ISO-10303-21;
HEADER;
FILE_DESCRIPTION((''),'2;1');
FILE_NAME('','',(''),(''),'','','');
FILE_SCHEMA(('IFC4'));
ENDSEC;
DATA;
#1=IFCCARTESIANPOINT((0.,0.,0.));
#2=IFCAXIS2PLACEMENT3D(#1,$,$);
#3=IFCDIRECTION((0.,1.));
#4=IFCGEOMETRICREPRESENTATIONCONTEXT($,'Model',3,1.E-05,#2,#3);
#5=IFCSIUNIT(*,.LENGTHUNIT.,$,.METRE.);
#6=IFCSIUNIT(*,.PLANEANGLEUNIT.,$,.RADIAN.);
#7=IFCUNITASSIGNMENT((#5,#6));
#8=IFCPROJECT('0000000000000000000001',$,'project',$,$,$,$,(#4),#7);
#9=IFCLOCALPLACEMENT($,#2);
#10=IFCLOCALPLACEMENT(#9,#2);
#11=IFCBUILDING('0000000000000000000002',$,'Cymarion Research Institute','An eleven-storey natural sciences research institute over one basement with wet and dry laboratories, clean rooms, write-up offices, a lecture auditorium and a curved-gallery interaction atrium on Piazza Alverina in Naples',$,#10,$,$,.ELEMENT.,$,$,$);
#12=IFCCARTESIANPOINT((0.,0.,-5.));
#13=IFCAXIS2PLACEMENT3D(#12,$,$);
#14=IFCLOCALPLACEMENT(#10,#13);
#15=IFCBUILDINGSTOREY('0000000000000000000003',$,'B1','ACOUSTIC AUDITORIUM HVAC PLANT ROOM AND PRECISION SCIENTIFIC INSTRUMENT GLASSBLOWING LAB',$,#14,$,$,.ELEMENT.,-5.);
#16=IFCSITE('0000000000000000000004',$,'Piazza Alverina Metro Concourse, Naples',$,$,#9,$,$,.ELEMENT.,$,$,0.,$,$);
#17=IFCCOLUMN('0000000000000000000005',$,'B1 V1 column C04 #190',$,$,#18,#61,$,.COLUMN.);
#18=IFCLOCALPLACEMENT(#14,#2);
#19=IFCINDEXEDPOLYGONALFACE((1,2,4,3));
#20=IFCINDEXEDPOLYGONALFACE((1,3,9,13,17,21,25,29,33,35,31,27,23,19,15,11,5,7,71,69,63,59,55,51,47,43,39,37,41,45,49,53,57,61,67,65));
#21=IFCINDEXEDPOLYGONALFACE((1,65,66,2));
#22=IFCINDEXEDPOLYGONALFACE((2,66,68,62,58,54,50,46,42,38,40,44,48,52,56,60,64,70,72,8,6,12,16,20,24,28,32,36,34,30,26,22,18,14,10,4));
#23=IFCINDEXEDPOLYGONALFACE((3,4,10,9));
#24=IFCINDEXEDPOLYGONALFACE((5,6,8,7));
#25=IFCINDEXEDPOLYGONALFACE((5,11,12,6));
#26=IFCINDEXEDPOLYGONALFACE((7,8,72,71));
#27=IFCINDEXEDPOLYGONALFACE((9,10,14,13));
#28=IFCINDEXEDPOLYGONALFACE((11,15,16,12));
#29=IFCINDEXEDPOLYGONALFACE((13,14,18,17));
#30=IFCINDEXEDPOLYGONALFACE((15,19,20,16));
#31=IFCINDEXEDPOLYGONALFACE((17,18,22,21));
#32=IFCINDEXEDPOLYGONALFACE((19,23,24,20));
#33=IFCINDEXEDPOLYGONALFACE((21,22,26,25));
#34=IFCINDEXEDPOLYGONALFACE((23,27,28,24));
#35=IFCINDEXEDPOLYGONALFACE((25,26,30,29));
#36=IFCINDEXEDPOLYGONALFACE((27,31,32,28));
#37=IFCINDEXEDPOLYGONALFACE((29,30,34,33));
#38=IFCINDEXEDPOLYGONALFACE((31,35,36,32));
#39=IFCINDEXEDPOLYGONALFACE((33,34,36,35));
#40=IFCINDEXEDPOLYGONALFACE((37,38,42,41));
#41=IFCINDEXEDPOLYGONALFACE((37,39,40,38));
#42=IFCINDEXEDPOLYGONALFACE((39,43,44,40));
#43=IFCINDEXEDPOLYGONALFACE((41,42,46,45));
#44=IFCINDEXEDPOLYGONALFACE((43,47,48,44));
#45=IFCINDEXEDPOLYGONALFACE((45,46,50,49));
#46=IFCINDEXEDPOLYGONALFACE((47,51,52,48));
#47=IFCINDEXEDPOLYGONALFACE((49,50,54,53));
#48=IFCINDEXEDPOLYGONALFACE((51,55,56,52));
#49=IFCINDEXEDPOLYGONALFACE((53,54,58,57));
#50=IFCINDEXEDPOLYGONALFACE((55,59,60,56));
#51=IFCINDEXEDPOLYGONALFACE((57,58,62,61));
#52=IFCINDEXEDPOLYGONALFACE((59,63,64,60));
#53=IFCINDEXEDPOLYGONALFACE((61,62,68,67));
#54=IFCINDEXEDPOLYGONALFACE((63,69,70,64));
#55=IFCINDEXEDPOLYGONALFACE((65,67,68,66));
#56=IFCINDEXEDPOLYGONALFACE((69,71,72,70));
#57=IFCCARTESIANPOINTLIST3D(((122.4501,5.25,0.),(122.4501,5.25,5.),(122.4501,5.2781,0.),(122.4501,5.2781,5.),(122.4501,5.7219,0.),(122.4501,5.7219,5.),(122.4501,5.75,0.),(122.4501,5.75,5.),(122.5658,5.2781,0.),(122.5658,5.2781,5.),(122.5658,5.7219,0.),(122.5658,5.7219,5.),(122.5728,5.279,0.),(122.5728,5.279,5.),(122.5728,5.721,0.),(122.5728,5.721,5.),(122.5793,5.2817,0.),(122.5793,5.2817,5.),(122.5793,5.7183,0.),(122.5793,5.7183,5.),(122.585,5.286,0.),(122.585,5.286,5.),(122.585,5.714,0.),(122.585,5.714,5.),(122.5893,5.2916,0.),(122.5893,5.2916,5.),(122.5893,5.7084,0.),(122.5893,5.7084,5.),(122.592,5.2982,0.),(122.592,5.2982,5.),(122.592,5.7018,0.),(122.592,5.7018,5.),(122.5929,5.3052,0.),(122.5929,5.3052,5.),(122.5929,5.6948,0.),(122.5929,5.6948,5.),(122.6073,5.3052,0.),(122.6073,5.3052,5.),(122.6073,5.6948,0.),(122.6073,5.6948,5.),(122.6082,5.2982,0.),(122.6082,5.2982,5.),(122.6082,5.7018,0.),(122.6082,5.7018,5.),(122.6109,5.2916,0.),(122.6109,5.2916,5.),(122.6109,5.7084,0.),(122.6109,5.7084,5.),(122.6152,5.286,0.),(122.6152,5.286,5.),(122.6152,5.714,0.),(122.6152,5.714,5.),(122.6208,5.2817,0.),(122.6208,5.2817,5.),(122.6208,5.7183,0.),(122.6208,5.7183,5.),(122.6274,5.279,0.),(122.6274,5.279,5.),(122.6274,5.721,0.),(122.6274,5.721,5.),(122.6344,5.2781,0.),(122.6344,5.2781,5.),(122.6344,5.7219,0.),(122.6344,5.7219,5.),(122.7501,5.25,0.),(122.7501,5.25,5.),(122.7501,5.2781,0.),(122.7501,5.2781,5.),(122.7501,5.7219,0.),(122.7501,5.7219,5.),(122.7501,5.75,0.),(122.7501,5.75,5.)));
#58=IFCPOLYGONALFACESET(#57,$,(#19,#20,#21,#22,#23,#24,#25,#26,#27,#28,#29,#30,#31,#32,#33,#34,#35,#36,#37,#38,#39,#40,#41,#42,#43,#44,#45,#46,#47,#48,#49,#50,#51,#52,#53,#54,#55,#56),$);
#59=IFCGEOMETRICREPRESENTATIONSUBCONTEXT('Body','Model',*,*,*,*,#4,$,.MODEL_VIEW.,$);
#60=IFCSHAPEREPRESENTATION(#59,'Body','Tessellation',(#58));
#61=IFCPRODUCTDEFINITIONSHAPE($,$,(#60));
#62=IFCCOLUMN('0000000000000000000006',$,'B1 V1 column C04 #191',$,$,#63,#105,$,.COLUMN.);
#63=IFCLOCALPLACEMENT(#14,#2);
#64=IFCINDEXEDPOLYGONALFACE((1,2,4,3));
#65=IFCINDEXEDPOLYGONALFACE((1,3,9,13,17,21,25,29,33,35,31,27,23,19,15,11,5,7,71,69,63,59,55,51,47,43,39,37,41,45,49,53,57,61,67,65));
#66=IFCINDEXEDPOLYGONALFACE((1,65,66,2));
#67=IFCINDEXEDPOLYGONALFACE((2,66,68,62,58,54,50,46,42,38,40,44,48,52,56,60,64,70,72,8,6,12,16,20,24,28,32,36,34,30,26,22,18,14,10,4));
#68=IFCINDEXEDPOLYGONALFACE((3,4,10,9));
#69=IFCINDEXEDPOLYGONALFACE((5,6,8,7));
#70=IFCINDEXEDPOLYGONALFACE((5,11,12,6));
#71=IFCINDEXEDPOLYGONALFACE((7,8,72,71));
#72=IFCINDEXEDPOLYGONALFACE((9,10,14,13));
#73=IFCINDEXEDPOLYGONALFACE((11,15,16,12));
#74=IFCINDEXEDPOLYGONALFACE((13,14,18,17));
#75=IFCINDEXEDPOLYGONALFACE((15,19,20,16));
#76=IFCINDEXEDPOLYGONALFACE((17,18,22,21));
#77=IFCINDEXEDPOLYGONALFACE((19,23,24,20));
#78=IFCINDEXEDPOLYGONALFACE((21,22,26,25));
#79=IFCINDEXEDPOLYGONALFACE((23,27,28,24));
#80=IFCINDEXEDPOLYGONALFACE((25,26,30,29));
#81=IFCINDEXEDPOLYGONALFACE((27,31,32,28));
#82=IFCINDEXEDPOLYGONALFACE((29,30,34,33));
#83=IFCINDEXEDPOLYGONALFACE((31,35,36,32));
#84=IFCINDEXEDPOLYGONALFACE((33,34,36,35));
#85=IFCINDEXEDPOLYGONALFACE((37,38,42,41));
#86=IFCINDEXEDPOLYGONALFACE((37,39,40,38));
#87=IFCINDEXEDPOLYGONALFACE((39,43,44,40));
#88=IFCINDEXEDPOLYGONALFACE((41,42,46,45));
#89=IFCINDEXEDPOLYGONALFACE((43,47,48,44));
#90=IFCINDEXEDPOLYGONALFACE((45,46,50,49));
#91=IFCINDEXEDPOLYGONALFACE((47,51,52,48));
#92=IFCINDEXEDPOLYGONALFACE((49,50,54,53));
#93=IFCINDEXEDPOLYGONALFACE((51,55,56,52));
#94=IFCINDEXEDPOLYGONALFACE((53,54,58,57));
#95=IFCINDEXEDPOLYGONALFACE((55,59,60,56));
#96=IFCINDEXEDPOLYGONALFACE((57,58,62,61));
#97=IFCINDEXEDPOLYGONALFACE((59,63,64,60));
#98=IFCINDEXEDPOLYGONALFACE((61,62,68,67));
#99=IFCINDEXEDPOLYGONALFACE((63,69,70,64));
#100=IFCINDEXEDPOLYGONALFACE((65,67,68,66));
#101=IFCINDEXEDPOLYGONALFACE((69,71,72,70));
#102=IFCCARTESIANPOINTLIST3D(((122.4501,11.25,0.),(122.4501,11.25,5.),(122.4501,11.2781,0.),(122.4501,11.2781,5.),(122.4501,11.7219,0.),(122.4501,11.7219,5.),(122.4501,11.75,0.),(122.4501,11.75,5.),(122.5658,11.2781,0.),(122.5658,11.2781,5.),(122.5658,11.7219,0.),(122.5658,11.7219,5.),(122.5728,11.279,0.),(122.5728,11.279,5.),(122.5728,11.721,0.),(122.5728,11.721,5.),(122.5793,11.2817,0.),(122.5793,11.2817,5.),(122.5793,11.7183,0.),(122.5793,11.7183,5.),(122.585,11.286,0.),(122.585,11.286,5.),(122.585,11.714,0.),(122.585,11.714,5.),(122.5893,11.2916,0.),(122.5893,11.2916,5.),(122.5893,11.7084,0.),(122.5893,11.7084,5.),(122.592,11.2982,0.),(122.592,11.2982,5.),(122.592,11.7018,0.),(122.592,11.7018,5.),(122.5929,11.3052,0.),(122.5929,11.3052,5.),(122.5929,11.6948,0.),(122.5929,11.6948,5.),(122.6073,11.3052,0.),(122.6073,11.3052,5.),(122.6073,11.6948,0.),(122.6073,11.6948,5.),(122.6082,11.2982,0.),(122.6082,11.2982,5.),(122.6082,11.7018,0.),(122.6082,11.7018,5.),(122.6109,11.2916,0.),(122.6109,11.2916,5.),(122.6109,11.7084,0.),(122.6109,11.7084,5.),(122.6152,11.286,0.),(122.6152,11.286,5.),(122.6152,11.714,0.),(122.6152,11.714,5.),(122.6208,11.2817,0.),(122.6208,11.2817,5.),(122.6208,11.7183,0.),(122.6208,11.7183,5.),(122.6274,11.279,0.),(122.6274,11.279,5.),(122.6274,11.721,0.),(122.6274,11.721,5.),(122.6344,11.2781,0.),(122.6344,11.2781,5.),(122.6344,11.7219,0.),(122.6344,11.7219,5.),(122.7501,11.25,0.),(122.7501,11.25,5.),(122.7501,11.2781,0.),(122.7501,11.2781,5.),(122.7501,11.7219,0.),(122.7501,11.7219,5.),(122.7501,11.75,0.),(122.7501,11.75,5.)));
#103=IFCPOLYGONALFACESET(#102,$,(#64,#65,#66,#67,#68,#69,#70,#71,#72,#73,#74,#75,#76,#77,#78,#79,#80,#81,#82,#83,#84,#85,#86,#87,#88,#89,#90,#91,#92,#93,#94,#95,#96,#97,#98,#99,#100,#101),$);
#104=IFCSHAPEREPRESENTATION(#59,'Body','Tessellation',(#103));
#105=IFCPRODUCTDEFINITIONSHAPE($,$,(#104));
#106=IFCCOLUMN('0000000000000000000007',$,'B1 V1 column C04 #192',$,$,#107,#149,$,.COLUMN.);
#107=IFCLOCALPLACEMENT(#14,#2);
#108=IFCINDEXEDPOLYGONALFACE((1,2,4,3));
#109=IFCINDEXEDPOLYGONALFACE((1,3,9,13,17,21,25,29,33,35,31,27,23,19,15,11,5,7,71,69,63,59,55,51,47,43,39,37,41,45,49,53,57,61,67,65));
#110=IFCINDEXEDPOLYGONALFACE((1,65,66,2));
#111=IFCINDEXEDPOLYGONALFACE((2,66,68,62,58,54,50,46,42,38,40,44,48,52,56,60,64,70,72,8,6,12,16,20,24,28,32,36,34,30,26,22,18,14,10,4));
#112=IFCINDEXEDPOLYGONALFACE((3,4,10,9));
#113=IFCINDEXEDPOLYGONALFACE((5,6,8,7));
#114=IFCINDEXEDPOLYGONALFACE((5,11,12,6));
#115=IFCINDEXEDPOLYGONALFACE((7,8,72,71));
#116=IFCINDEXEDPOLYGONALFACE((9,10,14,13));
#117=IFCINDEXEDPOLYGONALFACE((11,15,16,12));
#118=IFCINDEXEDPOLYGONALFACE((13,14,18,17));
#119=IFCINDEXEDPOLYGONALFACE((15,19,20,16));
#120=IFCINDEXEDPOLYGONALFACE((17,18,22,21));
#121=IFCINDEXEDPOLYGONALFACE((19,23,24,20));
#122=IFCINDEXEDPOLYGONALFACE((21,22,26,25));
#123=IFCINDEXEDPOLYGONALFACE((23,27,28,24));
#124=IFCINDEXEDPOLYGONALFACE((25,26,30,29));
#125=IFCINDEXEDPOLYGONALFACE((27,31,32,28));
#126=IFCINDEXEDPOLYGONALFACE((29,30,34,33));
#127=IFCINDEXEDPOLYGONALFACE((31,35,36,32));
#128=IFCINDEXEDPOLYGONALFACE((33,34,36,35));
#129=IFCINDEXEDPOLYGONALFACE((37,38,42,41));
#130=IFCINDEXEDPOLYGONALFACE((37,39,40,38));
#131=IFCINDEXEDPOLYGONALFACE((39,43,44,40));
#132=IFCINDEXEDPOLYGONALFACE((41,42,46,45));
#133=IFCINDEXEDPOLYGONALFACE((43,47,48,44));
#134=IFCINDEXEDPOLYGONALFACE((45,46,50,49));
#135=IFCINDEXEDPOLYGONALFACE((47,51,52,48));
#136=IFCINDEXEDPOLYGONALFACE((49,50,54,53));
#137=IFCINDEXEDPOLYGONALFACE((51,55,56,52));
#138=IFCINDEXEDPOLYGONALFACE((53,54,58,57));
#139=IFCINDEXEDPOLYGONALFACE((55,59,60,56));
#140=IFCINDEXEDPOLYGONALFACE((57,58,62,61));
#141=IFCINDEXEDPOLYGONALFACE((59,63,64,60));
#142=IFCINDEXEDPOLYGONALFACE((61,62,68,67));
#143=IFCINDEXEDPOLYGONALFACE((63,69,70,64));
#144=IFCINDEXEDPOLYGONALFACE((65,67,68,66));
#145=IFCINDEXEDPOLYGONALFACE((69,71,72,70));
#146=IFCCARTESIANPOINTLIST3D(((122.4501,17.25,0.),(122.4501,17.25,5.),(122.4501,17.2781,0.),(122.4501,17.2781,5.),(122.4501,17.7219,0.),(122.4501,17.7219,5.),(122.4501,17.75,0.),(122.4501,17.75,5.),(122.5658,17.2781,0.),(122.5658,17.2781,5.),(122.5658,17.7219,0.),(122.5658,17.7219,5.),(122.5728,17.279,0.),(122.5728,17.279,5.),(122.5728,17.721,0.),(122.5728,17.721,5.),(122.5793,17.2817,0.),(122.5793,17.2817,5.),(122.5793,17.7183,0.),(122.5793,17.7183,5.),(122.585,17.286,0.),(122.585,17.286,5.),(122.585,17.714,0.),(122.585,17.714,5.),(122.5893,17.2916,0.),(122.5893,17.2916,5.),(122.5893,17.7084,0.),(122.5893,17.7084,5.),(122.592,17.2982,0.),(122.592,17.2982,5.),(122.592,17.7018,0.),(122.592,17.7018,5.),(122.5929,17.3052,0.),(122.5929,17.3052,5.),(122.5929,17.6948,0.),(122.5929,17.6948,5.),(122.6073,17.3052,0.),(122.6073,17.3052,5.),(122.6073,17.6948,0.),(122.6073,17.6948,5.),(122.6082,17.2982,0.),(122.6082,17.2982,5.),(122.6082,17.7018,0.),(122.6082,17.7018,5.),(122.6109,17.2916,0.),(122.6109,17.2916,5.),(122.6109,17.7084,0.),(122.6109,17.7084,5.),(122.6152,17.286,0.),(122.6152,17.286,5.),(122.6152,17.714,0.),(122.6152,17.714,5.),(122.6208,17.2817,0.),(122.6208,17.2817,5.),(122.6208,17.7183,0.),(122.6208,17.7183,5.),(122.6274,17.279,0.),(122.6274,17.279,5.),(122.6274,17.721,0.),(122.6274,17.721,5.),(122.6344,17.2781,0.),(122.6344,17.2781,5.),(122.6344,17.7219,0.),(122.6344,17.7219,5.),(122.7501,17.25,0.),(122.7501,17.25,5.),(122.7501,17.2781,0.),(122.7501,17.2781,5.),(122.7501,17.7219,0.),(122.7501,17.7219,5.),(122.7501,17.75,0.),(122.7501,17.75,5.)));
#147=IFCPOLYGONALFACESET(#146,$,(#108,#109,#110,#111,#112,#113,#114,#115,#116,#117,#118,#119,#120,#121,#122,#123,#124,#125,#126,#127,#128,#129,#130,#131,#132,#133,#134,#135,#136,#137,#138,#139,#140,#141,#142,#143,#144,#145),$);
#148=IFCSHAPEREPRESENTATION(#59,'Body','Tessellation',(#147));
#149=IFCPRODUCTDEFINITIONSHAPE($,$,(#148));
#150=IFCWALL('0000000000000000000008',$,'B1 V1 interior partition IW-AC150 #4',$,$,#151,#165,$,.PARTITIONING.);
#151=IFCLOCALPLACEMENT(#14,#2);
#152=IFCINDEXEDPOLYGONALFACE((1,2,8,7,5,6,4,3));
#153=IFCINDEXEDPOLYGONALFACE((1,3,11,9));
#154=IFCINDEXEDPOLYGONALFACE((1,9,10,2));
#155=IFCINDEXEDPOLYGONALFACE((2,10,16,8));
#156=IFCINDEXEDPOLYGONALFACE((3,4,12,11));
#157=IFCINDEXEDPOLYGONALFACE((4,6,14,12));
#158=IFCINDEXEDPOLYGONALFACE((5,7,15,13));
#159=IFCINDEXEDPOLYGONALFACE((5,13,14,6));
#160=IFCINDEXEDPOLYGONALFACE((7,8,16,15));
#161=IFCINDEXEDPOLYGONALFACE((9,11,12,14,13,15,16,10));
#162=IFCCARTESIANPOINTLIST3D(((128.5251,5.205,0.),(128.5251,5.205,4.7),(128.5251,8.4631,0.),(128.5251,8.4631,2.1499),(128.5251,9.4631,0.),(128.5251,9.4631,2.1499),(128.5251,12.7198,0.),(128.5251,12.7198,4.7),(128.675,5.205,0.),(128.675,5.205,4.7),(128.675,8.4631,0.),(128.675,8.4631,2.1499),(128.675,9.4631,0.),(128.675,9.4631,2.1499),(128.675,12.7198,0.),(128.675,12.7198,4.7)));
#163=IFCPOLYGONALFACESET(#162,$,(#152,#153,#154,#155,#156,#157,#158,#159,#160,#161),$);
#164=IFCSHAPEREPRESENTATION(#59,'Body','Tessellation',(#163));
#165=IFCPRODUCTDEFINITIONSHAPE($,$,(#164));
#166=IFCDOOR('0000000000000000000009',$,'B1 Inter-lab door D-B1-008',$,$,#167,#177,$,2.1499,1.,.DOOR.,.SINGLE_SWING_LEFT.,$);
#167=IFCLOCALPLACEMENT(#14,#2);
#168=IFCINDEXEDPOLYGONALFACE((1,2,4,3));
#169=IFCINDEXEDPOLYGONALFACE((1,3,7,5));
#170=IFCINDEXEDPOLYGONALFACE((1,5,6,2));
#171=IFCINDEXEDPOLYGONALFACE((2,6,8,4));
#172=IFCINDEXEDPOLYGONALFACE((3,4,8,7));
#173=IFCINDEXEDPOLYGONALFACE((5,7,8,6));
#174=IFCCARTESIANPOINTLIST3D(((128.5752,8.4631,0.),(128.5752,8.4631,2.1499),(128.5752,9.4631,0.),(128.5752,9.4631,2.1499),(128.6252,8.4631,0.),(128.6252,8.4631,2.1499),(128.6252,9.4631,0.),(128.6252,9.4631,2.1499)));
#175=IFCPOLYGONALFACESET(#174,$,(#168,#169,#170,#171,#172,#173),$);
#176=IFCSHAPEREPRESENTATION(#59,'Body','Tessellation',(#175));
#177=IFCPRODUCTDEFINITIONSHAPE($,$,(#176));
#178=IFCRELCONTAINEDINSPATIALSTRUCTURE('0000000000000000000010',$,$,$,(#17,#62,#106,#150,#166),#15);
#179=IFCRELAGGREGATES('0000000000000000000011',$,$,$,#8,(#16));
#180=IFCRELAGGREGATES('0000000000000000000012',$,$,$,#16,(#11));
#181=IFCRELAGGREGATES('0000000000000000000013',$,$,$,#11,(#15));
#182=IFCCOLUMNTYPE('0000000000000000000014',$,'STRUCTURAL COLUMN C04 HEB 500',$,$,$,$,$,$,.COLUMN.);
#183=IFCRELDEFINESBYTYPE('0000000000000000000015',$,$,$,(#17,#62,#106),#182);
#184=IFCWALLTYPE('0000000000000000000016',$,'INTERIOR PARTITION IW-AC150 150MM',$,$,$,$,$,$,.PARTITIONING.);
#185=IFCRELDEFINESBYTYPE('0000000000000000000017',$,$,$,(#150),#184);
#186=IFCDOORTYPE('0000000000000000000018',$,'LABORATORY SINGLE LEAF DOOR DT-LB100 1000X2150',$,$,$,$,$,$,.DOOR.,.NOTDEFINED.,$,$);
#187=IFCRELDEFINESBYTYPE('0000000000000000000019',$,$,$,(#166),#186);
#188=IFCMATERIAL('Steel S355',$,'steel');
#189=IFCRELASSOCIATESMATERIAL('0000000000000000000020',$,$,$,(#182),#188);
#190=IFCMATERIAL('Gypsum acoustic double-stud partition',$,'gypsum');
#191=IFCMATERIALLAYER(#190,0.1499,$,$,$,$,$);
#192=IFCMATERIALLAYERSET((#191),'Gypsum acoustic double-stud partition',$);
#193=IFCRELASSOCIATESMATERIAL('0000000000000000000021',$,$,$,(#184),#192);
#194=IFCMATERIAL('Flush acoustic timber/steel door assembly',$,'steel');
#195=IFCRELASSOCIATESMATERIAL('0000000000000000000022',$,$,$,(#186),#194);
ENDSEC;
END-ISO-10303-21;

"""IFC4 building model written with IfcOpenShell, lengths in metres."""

from ifc_helpers import new_model, si_unit, direction, frame, frame_2d, origin, origin_2d, place, context, subcontext, project, spatial, rectangle, i_section, extrude, material, layer, layer_set, material_profile, profile_set, type_object, element, fill, save


model = new_model("IFC4")

# Units and contexts
model_context = context("Model", 3, precision=1e-05, world=origin(), true_north=direction((0.0, 1.0)))
body_context = subcontext(model_context, "Body", "Model", "MODEL_VIEW")
ifc_project = project(units=[si_unit("LENGTHUNIT", "METRE"), si_unit("PLANEANGLEUNIT", "RADIAN")], contexts=[model_context])

# Site, building, storey
site_placement = place(None, origin())
site = spatial("IfcSite", under=ifc_project, at=site_placement, Name="Piazza Alverina Metro Concourse, Naples", CompositionType="ELEMENT", RefElevation=0.0)
building_placement = place(site_placement, origin())
building = spatial("IfcBuilding", under=site, at=building_placement, Name="Cymarion Research Institute", Description="An eleven-storey natural sciences research institute over one basement with wet and dry laboratories, clean rooms, write-up offices, a lecture auditorium and a curved-gallery interaction atrium on Piazza Alverina in Naples", CompositionType="ELEMENT")
storey_placement = place(building_placement, frame((0.0, 0.0, -5.0)))
storey = spatial("IfcBuildingStorey", under=building, at=storey_placement, Name="B1", Description="ACOUSTIC AUDITORIUM HVAC PLANT ROOM AND PRECISION SCIENTIFIC INSTRUMENT GLASSBLOWING LAB", CompositionType="ELEMENT", Elevation=-5.0)

# Columns
ifc_material_1 = material(Name="Steel S355", Category="steel")
ifc_material_profile_1 = material_profile(ifc_material_1, i_section(OverallWidth=0.3, OverallDepth=0.5, WebThickness=0.0144, FlangeThickness=0.0281, FilletRadius=0.0271, at=origin_2d()), Name="HEB 500")
ifc_profile_set_1 = profile_set([ifc_material_profile_1], Name="Steel S355")
column_type = type_object("IfcColumnType", Name="STRUCTURAL COLUMN C04 HEB 500", PredefinedType="COLUMN", material=ifc_profile_set_1)
for number, where, z_axis, x_axis, name in (
    (1, (122.6001, 5.5, 0.0), (0.0, 0.0, 1.0), (1.0, 0.0, 0.0), "B1 V1 column C04 #190"),
    (2, (122.6001, 11.5, 0.0), (0.0, 0.0, 1.0), (1.0, 0.0, 0.0), "B1 V1 column C04 #191"),
    (3, (122.6001, 17.5, 0.0), (0.0, 0.0, 1.0), (1.0, 0.0, 0.0), "B1 V1 column C04 #192"),
):
    element("IfcColumn", number, at=place(storey_placement, frame(where, z_axis=z_axis, x_axis=x_axis)), inside=storey, type_object=column_type, Name=name, PredefinedType="COLUMN", context=body_context, shape_type="SweptSolid", body=[
        extrude(i_section(OverallWidth=0.3, OverallDepth=0.5, WebThickness=0.0144, FlangeThickness=0.0281, FilletRadius=0.0271, at=origin_2d()), origin(), (0.0, 0.0, 1.0), 5.0),
    ])

# Wall, opening, door
ifc_material_2 = material(Name="Gypsum acoustic double-stud partition", Category="gypsum")
ifc_layer_1 = layer(ifc_material_2, 0.1499)
ifc_layer_set_1 = layer_set([ifc_layer_1], Name="Gypsum acoustic double-stud partition")
wall_type_1 = type_object("IfcWallType", Name="INTERIOR PARTITION IW-AC150 150MM", PredefinedType="PARTITIONING", material=ifc_layer_set_1)
wall_1_placement = place(storey_placement, frame((128.6001, 5.2051, 0.0), z_axis=(0.0, 0.0, 1.0), x_axis=(0.0, 1.0, 0.0)))
wall_1 = element("IfcWall", 4, at=wall_1_placement, inside=storey, type_object=wall_type_1, Name="B1 V1 interior partition IW-AC150 #4", PredefinedType="PARTITIONING", context=body_context, shape_type="SweptSolid", body=[
    extrude(rectangle(XDim=7.5149, YDim=0.1499, at=frame_2d((3.7573, 0.0))), origin(), (0.0, 0.0, 1.0), 4.7),
])
opening_1_placement = place(wall_1_placement, frame((3.2581, 0.0, 0.0)))
opening_1 = element("IfcOpeningElement", 5, at=opening_1_placement, cuts=wall_1, PredefinedType="OPENING", context=body_context, shape_type="SweptSolid", body=[
    extrude(rectangle(XDim=1.0, YDim=2.1499, at=frame_2d((0.5, 1.075))), frame((0.0, 0.085, 0.0), z_axis=(0.0, -1.0, 0.0), x_axis=(1.0, 0.0, 0.0)), (0.0, 0.0, 1.0), 0.1699),
])
ifc_material_3 = material(Name="Flush acoustic timber/steel door assembly", Category="steel")
door_type_1 = type_object("IfcDoorType", Name="LABORATORY SINGLE LEAF DOOR DT-LB100 1000X2150", OperationType="NOTDEFINED", PredefinedType="DOOR", material=ifc_material_3)
door_1_placement = place(opening_1_placement, origin())
door_1 = element("IfcDoor", 6, at=door_1_placement, inside=storey, type_object=door_type_1, Name="B1 Inter-lab door D-B1-008", OperationType="SINGLE_SWING_LEFT", OverallHeight=2.1499, OverallWidth=1.0, PredefinedType="DOOR", context=body_context, shape_type="SweptSolid", body=[
    extrude(rectangle(XDim=1.0, YDim=2.1499, at=frame_2d((0.5, 1.075))), frame((0.0, 0.0249, 0.0), z_axis=(0.0, -1.0, 0.0), x_axis=(1.0, 0.0, 0.0)), (0.0, 0.0, 1.0), 0.05),
])
fill(opening_1, door_1)

save(model, "model.ifc")
